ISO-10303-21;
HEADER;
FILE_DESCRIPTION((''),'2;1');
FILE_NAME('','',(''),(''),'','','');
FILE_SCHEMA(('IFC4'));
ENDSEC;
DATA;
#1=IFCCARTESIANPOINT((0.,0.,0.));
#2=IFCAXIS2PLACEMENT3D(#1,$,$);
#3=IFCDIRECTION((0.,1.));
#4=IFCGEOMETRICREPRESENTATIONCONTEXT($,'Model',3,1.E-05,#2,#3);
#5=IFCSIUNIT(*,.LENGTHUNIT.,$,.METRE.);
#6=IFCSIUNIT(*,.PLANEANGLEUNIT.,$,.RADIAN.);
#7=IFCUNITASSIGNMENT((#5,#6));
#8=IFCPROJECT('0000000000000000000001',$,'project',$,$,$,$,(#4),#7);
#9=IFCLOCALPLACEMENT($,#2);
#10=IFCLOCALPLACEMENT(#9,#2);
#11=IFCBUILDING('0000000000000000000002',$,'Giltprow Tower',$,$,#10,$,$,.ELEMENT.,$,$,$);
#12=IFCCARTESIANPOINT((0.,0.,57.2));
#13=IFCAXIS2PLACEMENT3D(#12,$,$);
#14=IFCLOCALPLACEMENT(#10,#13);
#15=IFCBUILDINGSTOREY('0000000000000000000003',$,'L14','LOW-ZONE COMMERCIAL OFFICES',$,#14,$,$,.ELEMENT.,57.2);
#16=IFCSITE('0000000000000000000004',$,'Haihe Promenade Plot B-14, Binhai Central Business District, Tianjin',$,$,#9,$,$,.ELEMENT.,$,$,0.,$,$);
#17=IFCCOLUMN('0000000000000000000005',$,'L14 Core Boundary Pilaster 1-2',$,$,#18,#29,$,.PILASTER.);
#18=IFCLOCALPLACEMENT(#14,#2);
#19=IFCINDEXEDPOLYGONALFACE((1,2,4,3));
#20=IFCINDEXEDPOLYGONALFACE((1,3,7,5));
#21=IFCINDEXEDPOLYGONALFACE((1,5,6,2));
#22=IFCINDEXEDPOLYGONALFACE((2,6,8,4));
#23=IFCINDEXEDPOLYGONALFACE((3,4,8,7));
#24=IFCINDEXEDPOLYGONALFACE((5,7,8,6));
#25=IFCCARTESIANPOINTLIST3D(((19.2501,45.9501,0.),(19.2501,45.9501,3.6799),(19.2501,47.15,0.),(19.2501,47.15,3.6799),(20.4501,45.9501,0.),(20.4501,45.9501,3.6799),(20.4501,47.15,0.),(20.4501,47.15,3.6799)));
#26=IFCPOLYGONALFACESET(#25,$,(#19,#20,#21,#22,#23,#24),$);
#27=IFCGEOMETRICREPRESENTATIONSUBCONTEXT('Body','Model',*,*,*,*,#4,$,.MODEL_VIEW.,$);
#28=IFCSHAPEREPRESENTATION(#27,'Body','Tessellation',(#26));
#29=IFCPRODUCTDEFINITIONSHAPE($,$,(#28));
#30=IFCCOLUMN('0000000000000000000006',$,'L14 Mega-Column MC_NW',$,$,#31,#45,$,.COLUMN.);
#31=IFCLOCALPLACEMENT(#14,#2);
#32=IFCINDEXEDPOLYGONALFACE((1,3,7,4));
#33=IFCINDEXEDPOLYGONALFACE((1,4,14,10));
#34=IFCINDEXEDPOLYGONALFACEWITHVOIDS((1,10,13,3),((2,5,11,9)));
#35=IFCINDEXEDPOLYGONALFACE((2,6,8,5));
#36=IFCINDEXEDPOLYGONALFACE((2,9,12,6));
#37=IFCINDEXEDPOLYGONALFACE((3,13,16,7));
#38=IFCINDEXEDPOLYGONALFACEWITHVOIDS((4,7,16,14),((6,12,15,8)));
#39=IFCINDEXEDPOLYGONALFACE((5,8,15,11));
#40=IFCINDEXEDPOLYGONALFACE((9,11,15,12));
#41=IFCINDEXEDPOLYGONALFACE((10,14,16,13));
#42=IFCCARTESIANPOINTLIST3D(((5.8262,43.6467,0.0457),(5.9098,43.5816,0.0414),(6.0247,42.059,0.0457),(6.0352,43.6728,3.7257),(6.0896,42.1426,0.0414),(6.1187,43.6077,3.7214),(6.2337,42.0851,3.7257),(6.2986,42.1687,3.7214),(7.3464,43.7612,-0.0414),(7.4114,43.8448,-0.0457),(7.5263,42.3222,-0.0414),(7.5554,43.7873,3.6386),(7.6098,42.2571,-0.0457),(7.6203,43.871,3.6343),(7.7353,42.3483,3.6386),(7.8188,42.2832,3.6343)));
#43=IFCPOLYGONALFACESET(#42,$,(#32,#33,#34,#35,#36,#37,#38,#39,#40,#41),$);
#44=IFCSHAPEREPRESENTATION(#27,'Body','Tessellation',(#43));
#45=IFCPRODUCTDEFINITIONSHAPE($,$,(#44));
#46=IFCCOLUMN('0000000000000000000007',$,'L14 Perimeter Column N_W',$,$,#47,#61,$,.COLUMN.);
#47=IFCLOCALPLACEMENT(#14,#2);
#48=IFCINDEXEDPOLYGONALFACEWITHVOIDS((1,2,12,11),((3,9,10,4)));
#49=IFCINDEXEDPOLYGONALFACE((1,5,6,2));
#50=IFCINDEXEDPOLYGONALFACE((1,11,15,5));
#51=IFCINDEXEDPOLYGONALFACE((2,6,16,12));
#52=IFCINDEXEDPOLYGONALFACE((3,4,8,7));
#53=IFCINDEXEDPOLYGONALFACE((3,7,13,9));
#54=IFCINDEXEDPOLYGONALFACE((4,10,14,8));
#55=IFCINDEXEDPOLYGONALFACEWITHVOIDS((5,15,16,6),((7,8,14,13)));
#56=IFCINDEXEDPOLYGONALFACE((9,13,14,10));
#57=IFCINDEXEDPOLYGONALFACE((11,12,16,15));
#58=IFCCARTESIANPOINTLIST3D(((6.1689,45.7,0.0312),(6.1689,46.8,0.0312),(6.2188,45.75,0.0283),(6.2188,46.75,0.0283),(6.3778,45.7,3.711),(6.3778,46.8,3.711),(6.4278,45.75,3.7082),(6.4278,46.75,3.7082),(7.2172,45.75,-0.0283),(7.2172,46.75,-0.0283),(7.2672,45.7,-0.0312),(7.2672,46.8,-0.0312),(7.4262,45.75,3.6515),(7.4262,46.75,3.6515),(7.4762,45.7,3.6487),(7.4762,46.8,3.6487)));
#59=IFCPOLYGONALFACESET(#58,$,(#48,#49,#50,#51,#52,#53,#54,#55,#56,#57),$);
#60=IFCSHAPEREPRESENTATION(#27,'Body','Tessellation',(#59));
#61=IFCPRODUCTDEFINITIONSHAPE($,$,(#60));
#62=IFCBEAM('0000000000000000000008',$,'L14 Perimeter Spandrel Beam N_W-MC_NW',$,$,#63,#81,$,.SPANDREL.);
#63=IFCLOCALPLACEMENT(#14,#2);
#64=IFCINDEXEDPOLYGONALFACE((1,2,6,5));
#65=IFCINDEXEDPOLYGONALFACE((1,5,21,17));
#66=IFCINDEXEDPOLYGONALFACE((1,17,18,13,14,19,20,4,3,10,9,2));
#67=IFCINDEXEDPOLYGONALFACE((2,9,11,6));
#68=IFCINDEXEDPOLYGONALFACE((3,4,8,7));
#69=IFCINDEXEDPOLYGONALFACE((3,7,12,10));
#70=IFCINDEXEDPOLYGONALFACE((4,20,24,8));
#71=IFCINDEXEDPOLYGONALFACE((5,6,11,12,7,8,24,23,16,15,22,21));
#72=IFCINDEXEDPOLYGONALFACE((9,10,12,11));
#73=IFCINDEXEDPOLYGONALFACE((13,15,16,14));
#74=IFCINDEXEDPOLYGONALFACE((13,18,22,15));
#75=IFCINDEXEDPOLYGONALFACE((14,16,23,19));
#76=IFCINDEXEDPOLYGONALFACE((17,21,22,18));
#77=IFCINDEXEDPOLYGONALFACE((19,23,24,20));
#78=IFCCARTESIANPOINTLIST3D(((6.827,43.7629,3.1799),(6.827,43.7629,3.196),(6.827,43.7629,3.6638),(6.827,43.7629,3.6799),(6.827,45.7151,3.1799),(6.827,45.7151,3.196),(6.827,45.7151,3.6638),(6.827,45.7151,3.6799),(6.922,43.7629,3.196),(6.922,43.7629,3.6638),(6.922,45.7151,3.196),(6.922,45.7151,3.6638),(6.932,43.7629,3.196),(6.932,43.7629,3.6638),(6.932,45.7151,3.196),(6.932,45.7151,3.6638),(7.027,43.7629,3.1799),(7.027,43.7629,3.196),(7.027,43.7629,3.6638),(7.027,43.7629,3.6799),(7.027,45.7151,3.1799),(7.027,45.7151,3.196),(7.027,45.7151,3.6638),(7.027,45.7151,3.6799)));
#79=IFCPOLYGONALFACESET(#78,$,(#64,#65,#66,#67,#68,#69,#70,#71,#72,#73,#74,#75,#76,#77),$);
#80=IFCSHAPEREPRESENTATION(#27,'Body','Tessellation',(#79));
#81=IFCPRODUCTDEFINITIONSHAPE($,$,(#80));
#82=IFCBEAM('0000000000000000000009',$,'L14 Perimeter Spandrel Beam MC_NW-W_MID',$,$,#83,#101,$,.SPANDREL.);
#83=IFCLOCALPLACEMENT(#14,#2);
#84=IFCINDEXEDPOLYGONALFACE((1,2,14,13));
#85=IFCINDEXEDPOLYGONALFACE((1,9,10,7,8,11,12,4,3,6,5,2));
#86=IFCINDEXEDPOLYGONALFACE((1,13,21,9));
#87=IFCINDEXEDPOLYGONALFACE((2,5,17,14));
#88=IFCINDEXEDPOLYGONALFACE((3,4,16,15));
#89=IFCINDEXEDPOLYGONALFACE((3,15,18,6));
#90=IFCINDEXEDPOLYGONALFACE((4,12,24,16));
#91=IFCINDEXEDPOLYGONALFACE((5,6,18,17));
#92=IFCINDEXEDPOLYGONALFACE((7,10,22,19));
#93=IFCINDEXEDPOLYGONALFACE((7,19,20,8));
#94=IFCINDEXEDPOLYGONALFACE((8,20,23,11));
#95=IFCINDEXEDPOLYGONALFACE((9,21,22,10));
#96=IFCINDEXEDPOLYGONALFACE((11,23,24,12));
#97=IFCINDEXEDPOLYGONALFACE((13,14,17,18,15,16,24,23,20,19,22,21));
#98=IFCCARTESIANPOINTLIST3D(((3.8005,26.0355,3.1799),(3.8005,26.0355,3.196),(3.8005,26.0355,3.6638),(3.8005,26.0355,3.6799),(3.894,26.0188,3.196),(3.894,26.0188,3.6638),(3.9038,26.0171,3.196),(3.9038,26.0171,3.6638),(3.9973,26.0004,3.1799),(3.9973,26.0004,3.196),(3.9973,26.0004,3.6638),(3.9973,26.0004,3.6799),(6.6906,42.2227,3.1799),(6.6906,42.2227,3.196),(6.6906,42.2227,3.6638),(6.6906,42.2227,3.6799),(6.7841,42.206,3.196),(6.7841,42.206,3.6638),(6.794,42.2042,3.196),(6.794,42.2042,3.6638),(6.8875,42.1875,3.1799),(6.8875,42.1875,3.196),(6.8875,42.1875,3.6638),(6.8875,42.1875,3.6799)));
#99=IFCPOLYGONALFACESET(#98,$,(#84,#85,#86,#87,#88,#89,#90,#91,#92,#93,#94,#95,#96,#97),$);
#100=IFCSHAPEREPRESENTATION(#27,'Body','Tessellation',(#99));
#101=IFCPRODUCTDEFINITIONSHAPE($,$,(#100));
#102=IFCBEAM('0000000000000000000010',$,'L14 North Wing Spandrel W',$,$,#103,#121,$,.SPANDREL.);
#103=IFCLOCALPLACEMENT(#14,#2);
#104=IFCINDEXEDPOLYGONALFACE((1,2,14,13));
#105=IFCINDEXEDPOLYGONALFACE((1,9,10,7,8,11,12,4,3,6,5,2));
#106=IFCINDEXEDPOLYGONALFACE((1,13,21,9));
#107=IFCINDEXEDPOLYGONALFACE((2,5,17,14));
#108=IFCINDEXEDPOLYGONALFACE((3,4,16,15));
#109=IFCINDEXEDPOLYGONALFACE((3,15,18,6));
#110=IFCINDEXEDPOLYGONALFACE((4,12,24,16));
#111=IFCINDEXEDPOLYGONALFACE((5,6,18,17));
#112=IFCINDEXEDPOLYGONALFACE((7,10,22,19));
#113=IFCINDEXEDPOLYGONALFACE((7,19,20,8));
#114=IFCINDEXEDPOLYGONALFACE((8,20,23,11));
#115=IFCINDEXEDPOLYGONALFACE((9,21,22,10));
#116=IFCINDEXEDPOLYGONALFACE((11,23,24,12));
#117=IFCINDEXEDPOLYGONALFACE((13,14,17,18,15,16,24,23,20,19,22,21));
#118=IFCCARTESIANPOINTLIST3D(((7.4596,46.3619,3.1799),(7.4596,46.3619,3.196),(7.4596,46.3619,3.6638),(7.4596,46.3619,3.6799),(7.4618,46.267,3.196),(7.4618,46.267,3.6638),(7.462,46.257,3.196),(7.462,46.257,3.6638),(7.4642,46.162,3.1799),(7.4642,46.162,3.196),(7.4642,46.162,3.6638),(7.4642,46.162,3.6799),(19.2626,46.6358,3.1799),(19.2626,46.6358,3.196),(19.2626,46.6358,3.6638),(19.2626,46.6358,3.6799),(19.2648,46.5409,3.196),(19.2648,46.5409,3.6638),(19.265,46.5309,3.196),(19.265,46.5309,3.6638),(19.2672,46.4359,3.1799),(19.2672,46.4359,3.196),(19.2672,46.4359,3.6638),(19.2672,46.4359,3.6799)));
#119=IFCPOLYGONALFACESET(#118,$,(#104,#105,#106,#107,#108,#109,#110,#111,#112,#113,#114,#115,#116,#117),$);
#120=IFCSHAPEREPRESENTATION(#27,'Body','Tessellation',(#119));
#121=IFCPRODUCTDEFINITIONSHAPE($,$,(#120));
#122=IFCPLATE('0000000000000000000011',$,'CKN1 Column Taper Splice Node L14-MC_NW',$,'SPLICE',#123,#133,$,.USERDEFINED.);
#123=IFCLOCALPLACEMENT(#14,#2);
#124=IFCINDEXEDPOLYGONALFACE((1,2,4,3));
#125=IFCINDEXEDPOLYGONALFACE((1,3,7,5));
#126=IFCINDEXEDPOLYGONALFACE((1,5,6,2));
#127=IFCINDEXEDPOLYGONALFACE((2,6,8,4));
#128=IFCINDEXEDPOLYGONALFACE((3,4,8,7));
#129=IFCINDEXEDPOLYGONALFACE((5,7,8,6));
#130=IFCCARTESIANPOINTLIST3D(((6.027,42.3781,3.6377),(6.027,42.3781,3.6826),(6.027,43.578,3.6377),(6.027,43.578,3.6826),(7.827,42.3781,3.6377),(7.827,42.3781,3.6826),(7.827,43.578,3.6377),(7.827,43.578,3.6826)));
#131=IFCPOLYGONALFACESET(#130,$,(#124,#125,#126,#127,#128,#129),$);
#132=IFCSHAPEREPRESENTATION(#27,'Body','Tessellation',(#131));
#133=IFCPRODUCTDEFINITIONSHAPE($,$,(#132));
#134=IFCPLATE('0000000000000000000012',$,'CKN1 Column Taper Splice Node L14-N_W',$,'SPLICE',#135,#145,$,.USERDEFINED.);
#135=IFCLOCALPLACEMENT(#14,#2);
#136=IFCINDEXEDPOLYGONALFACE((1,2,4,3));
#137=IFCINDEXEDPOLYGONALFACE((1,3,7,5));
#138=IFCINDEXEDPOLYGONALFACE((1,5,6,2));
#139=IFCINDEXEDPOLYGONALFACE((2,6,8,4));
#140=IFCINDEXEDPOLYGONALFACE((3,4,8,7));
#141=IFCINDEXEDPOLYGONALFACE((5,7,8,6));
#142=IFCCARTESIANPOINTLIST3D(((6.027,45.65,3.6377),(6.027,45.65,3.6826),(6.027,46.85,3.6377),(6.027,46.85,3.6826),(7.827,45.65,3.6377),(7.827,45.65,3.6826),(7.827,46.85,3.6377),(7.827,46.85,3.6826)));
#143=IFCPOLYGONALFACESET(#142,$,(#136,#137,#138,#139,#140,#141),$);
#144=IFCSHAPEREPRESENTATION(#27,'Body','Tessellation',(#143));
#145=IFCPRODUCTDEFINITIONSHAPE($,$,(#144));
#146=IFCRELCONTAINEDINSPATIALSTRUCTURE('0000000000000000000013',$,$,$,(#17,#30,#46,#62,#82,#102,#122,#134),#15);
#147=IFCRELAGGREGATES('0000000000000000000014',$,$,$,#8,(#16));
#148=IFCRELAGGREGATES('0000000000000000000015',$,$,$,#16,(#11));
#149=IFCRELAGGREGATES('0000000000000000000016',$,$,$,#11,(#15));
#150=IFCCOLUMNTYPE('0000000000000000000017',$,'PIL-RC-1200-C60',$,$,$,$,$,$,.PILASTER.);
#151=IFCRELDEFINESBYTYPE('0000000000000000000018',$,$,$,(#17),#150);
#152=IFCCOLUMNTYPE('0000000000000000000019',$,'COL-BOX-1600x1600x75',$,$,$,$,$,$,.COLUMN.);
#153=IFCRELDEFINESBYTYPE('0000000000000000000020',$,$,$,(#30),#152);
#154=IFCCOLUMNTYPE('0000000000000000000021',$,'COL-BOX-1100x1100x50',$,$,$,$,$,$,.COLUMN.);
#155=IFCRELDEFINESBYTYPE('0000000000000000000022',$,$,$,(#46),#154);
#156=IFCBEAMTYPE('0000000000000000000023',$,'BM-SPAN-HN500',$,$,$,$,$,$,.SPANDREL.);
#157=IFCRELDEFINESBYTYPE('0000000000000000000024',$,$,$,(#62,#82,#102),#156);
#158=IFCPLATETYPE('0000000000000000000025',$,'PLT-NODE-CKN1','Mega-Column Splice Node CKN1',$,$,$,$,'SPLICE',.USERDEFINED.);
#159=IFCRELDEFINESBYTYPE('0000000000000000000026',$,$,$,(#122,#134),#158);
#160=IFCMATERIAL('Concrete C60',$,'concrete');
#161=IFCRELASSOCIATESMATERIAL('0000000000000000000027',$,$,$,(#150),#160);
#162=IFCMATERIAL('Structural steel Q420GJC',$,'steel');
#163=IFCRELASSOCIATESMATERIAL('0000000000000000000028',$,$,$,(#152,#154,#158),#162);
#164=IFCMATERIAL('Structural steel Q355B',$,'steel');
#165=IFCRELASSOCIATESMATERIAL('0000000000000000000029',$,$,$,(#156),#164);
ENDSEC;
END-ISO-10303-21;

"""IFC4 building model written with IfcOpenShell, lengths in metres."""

from ifc_helpers import new_model, si_unit, direction, frame, origin, origin_2d, place, context, subcontext, project, spatial, rectangle, hollow_rectangle, i_section, extrude, source, transform, mapped, material, material_profile, profile_set, type_object, element, save


model = new_model("IFC4")

# Units and contexts
model_context = context("Model", 3, precision=1e-05, world=origin(), true_north=direction((0.0, 1.0)))
body_context = subcontext(model_context, "Body", "Model", "MODEL_VIEW")
ifc_project = project(units=[si_unit("LENGTHUNIT", "METRE"), si_unit("PLANEANGLEUNIT", "RADIAN")], contexts=[model_context])

# Site, building, storey
site_placement = place(None, origin())
site = spatial("IfcSite", under=ifc_project, at=site_placement, Name="Haihe Promenade Plot B-14, Binhai Central Business District, Tianjin", CompositionType="ELEMENT", RefElevation=0.0)
building_placement = place(site_placement, origin())
building = spatial("IfcBuilding", under=site, at=building_placement, Name="Giltprow Tower", CompositionType="ELEMENT")
storey_placement = place(building_placement, frame((0.0, 0.0, 57.2)))
storey = spatial("IfcBuildingStorey", under=building, at=storey_placement, Name="L14", Description="LOW-ZONE COMMERCIAL OFFICES", CompositionType="ELEMENT", Elevation=57.2)

# Columns
ifc_material_1 = material(Name="Concrete C60", Category="concrete")
ifc_material_profile_1 = material_profile(ifc_material_1, rectangle(XDim=1.2, YDim=1.2, at=origin_2d()), Name="RC 1200x1200")
ifc_profile_set_1 = profile_set([ifc_material_profile_1], Name="Concrete C60")
column_type_1 = type_object("IfcColumnType", Name="PIL-RC-1200-C60", PredefinedType="PILASTER", material=ifc_profile_set_1)
shared_shape_1 = source(origin(), body_context, "Body", "SweptSolid", [
    extrude(rectangle(XDim=1.2, YDim=1.2, at=origin_2d()), origin(), (0.0, 0.0, 1.0), 3.6799),
])
column_1_placement = place(storey_placement, frame((19.8501, 46.55, 0.0), z_axis=(0.0, 0.0, 1.0), x_axis=(1.0, 0.0, 0.0)))
element("IfcColumn", 1, at=column_1_placement, inside=storey, type_object=column_type_1, Name="L14 Core Boundary Pilaster 1-2", PredefinedType="PILASTER", context=body_context, shape_type="MappedRepresentation", body=[
    mapped(shared_shape_1, transform((0.0, 0.0, 0.0), x_axis=(1.0, 0.0, 0.0), y_axis=(0.0, 1.0, 0.0), z_axis=(0.0, 0.0, 1.0), scale=1.0)),
])
ifc_material_2 = material(Name="Structural steel Q420GJC", Category="steel")
ifc_material_profile_2 = material_profile(ifc_material_2, hollow_rectangle(XDim=1.6001, YDim=1.6001, WallThickness=0.075, at=origin_2d()), Name="BOX 1600x1600x75")
ifc_profile_set_2 = profile_set([ifc_material_profile_2], Name="Structural steel Q420GJC")
column_type_2 = type_object("IfcColumnType", Name="COL-BOX-1600x1600x75", PredefinedType="COLUMN", material=ifc_profile_set_2)
shared_shape_2 = source(origin(), body_context, "Body", "SweptSolid", [
    extrude(hollow_rectangle(XDim=1.6001, YDim=1.6001, WallThickness=0.075, at=origin_2d()), origin(), (0.0, 0.0, 1.0), 3.686),
])
column_2_placement = place(storey_placement, frame((6.718, 42.9519, 0.0), z_axis=(0.056698, 0.007087, 0.998366), x_axis=(-0.124035, 0.992278, 0.0)))
element("IfcColumn", 2, at=column_2_placement, inside=storey, type_object=column_type_2, Name="L14 Mega-Column MC_NW", PredefinedType="COLUMN", context=body_context, shape_type="MappedRepresentation", body=[
    mapped(shared_shape_2, transform((0.0, 0.0, 0.0), x_axis=(1.0, 0.0, 0.0), y_axis=(0.0, 1.0, 0.0), z_axis=(0.0, 0.0, 1.0), scale=1.0)),
])
ifc_material_profile_3 = material_profile(ifc_material_2, hollow_rectangle(XDim=1.1001, YDim=1.1001, WallThickness=0.05, at=origin_2d()), Name="BOX 1100x1100x50")
ifc_profile_set_3 = profile_set([ifc_material_profile_3], Name="Structural steel Q420GJC")
column_type_3 = type_object("IfcColumnType", Name="COL-BOX-1100x1100x50", PredefinedType="COLUMN", material=ifc_profile_set_3)
shared_shape_3 = source(origin(), body_context, "Body", "SweptSolid", [
    extrude(hollow_rectangle(XDim=1.1001, YDim=1.1001, WallThickness=0.05, at=origin_2d()), origin(), (0.0, 0.0, 1.0), 3.6858),
])
column_3_placement = place(storey_placement, frame((6.718, 46.25, 0.0), z_axis=(0.056699, 0.0, 0.998391), x_axis=(0.0, 1.0, 0.0)))
element("IfcColumn", 3, at=column_3_placement, inside=storey, type_object=column_type_3, Name="L14 Perimeter Column N_W", PredefinedType="COLUMN", context=body_context, shape_type="MappedRepresentation", body=[
    mapped(shared_shape_3, transform((0.0, 0.0, 0.0), x_axis=(1.0, 0.0, 0.0), y_axis=(0.0, 1.0, 0.0), z_axis=(0.0, 0.0, 1.0), scale=1.0)),
])

# Beams
ifc_material_3 = material(Name="Structural steel Q355B", Category="steel")
ifc_material_profile_4 = material_profile(ifc_material_3, i_section(OverallWidth=0.2, OverallDepth=0.5, WebThickness=0.01, FlangeThickness=0.0161, at=origin_2d()), Name="HN 500x200x10x16")
ifc_profile_set_4 = profile_set([ifc_material_profile_4], Name="Structural steel Q355B")
beam_type = type_object("IfcBeamType", Name="BM-SPAN-HN500", PredefinedType="SPANDREL", material=ifc_profile_set_4)
shared_shape_4 = source(origin(), body_context, "Body", "SweptSolid", [
    extrude(i_section(OverallWidth=0.2, OverallDepth=0.5, WebThickness=0.01, FlangeThickness=0.0161, at=origin_2d()), origin(), (0.0, 0.0, 1.0), 1.9521),
])
beam_1_placement = place(storey_placement, frame((6.927, 45.7151, 3.4299), z_axis=(0.0, -1.0, 0.0), x_axis=(1.0, 0.0, 0.0)))
element("IfcBeam", 4, at=beam_1_placement, inside=storey, type_object=beam_type, Name="L14 Perimeter Spandrel Beam N_W-MC_NW", PredefinedType="SPANDREL", context=body_context, shape_type="MappedRepresentation", body=[
    mapped(shared_shape_4, transform((0.0, 0.0, 0.0), x_axis=(1.0, 0.0, 0.0), y_axis=(0.0, 1.0, 0.0), z_axis=(0.0, 0.0, 1.0), scale=1.0)),
])
shared_shape_5 = source(origin(), body_context, "Body", "SweptSolid", [
    extrude(i_section(OverallWidth=0.2, OverallDepth=0.5, WebThickness=0.01, FlangeThickness=0.0161, at=origin_2d()), origin(), (0.0, 0.0, 1.0), 16.4431),
])
beam_2_placement = place(storey_placement, frame((6.7891, 42.2051, 3.4299), z_axis=(-0.175767, -0.984432, 0.0), x_axis=(0.984432, -0.175767, 0.0)))
element("IfcBeam", 5, at=beam_2_placement, inside=storey, type_object=beam_type, Name="L14 Perimeter Spandrel Beam MC_NW-W_MID", PredefinedType="SPANDREL", context=body_context, shape_type="MappedRepresentation", body=[
    mapped(shared_shape_5, transform((0.0, 0.0, 0.0), x_axis=(1.0, 0.0, 0.0), y_axis=(0.0, 1.0, 0.0), z_axis=(0.0, 0.0, 1.0), scale=1.0)),
])
shared_shape_6 = source(origin(), body_context, "Body", "SweptSolid", [
    extrude(i_section(OverallWidth=0.2, OverallDepth=0.5, WebThickness=0.01, FlangeThickness=0.0161, at=origin_2d()), origin(), (0.0, 0.0, 1.0), 11.8062),
])
beam_3_placement = place(storey_placement, frame((7.4619, 46.262, 3.4299), z_axis=(0.999731, 0.023202, 0.0), x_axis=(-0.023202, 0.999731, 0.0)))
element("IfcBeam", 6, at=beam_3_placement, inside=storey, type_object=beam_type, Name="L14 North Wing Spandrel W", PredefinedType="SPANDREL", context=body_context, shape_type="MappedRepresentation", body=[
    mapped(shared_shape_6, transform((0.0, 0.0, 0.0), x_axis=(1.0, 0.0, 0.0), y_axis=(0.0, 1.0, 0.0), z_axis=(0.0, 0.0, 1.0), scale=1.0)),
])

# Plates
plate_type = type_object("IfcPlateType", Name="PLT-NODE-CKN1", Description="Mega-Column Splice Node CKN1", ElementType="SPLICE", PredefinedType="USERDEFINED", material=ifc_material_2)
shared_shape_7 = source(origin(), body_context, "Body", "SweptSolid", [
    extrude(rectangle(XDim=1.8, YDim=1.2, at=origin_2d()), origin(), (0.0, 0.0, 1.0), 0.0449),
])
for number, where, z_axis, x_axis, name in (
    (7, (6.927, 42.978, 3.6377), (0.0, 0.0, 1.0), (1.0, 0.0, 0.0), "CKN1 Column Taper Splice Node L14-MC_NW"),
    (8, (6.927, 46.25, 3.6377), (0.0, 0.0, 1.0), (1.0, 0.0, 0.0), "CKN1 Column Taper Splice Node L14-N_W"),
):
    element("IfcPlate", number, at=place(storey_placement, frame(where, z_axis=z_axis, x_axis=x_axis)), inside=storey, type_object=plate_type, Name=name, ObjectType="SPLICE", PredefinedType="USERDEFINED", context=body_context, shape_type="MappedRepresentation", body=[
        mapped(shared_shape_7, transform((0.0, 0.0, 0.0), x_axis=(1.0, 0.0, 0.0), y_axis=(0.0, 1.0, 0.0), z_axis=(0.0, 0.0, 1.0), scale=1.0)),
    ])

save(model, "model.ifc")
